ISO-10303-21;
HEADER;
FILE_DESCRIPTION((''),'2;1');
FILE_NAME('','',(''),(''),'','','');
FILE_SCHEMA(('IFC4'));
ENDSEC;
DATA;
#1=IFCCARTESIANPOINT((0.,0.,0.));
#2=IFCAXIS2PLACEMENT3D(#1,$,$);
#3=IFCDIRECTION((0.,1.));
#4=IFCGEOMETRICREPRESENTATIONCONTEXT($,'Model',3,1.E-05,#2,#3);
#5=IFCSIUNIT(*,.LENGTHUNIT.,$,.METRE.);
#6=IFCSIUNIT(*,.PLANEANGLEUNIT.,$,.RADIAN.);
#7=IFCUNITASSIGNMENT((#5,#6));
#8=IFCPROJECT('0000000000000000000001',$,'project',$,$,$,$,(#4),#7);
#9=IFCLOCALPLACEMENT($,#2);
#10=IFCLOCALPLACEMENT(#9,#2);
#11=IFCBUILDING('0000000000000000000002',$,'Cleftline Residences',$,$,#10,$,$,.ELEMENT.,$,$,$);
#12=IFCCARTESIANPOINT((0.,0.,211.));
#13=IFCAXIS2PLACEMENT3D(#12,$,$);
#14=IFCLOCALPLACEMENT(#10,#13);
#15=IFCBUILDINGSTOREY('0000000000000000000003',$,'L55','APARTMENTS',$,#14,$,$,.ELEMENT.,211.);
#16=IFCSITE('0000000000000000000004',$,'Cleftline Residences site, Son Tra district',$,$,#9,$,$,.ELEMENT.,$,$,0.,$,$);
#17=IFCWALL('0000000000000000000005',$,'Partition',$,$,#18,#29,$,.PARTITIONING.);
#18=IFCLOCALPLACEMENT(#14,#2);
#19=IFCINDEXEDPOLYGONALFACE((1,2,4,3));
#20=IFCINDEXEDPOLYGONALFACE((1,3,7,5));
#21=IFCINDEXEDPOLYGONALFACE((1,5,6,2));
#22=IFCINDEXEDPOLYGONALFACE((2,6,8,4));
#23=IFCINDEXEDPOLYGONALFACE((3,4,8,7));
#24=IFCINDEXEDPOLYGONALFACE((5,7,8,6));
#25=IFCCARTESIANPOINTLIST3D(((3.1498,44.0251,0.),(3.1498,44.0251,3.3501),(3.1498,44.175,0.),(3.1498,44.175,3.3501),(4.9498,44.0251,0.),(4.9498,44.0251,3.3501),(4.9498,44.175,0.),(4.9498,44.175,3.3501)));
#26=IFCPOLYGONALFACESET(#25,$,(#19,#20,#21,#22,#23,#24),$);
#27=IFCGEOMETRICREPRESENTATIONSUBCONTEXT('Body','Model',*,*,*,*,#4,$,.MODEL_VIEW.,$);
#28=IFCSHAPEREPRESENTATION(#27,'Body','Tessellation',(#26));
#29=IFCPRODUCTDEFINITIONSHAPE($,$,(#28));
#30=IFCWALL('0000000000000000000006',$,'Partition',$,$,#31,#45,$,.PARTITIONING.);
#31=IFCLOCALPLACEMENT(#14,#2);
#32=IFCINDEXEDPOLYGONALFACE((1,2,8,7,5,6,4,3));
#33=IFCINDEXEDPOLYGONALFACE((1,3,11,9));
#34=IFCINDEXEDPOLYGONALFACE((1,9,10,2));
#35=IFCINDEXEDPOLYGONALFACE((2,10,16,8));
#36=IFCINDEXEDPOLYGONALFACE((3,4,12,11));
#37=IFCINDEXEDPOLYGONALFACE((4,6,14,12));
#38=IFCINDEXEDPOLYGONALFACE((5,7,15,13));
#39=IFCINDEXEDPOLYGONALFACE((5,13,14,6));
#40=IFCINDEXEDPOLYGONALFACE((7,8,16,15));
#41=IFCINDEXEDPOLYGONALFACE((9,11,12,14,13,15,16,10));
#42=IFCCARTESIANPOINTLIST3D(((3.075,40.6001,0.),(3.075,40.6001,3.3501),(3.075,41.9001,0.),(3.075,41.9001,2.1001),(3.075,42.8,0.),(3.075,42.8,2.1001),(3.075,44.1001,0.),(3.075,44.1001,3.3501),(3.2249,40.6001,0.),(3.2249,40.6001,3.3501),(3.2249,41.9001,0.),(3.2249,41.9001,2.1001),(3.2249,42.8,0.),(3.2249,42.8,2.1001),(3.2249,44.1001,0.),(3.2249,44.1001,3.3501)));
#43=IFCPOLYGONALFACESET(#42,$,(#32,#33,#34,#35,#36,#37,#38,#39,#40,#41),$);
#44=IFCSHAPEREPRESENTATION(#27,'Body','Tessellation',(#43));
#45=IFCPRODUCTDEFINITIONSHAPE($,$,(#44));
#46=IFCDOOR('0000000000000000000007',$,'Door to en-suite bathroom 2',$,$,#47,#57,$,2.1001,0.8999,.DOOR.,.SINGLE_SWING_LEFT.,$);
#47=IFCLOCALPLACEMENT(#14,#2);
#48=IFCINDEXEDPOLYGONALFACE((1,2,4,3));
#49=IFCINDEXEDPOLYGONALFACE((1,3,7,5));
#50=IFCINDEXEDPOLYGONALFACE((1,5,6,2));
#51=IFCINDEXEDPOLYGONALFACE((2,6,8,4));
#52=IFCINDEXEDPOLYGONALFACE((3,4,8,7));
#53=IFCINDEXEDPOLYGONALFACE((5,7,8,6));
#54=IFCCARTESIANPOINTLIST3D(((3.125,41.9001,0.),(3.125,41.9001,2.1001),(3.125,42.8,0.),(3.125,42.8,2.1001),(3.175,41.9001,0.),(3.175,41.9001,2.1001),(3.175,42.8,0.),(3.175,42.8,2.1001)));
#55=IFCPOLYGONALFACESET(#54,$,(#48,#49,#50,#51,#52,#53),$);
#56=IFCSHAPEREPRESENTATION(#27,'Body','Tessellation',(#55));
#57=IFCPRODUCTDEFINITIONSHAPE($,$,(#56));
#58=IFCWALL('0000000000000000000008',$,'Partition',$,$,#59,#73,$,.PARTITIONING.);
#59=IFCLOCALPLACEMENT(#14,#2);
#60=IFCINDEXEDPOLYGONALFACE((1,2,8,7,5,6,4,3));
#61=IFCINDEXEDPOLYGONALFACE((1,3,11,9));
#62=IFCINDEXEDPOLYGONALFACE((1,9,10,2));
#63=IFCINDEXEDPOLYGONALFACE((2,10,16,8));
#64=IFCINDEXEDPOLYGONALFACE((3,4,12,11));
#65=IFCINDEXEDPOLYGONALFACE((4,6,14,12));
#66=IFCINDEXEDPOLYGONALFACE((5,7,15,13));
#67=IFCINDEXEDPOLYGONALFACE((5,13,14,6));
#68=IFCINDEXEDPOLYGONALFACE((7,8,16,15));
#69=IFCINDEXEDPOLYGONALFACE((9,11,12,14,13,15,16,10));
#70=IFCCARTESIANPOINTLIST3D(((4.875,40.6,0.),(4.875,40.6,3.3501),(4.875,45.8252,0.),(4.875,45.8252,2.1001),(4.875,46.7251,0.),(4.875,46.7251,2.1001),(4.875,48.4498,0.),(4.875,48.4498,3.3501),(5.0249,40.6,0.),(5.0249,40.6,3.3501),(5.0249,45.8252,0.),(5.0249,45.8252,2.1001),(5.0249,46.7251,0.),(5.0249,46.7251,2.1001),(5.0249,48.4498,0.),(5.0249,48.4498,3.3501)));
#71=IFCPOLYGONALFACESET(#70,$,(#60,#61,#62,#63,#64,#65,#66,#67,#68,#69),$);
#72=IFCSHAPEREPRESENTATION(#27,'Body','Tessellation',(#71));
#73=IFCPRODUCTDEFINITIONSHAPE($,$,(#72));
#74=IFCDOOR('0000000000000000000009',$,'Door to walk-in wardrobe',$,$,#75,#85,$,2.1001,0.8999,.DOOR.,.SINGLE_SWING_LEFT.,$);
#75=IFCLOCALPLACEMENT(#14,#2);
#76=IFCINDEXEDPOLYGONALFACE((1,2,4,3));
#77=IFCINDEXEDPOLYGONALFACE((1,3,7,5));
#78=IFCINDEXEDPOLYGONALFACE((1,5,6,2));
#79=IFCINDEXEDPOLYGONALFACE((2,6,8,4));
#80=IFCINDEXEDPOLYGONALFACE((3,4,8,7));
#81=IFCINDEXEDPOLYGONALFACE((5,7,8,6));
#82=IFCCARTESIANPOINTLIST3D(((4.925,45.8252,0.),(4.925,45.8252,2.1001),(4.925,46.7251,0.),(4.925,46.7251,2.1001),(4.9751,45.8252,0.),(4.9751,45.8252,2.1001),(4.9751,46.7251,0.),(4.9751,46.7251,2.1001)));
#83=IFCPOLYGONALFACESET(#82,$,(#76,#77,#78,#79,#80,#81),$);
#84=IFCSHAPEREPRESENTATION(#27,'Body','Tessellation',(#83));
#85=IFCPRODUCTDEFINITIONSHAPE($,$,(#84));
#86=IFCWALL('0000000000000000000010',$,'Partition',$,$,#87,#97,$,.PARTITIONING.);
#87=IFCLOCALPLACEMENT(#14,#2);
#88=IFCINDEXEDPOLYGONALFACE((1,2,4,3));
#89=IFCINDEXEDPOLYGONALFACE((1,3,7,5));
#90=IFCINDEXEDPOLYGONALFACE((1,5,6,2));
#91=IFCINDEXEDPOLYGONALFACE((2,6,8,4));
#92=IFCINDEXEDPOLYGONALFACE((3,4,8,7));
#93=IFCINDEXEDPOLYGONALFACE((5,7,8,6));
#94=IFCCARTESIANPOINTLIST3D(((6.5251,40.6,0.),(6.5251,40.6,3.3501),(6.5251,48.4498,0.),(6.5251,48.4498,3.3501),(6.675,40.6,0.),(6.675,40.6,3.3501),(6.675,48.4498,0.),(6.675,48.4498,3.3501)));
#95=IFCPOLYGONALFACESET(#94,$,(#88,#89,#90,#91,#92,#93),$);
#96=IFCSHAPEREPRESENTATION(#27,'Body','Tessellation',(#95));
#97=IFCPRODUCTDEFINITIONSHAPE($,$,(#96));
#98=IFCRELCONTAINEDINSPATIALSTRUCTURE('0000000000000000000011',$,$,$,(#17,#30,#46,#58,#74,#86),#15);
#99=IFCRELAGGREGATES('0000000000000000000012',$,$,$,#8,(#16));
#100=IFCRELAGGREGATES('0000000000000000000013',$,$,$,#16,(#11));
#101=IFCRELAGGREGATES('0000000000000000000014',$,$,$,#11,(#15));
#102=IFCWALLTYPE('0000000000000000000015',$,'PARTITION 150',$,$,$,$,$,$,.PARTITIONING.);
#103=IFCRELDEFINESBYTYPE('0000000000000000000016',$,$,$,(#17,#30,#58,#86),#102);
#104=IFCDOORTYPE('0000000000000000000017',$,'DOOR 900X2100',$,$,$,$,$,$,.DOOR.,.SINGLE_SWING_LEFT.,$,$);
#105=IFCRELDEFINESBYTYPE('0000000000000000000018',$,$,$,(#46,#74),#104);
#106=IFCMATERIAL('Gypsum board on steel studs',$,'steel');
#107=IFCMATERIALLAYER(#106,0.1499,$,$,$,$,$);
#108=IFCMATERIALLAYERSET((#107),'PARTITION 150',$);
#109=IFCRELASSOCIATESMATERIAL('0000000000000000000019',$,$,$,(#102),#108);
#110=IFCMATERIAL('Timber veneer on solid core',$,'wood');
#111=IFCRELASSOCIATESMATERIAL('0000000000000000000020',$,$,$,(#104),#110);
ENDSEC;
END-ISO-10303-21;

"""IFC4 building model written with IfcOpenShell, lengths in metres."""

from ifc_helpers import new_model, si_unit, direction, frame, frame_2d, origin, place, context, subcontext, project, spatial, rectangle, extrude, material, layer, layer_set, type_object, element, fill, save


model = new_model("IFC4")

# Units and contexts
model_context = context("Model", 3, precision=1e-05, world=origin(), true_north=direction((0.0, 1.0)))
body_context = subcontext(model_context, "Body", "Model", "MODEL_VIEW")
ifc_project = project(units=[si_unit("LENGTHUNIT", "METRE"), si_unit("PLANEANGLEUNIT", "RADIAN")], contexts=[model_context])

# Site, building, storey
site_placement = place(None, origin())
site = spatial("IfcSite", under=ifc_project, at=site_placement, Name="Cleftline Residences site, Son Tra district", CompositionType="ELEMENT", RefElevation=0.0)
building_placement = place(site_placement, origin())
building = spatial("IfcBuilding", under=site, at=building_placement, Name="Cleftline Residences", CompositionType="ELEMENT")
storey_placement = place(building_placement, frame((0.0, 0.0, 211.0)))
storey = spatial("IfcBuildingStorey", under=building, at=storey_placement, Name="L55", Description="APARTMENTS", CompositionType="ELEMENT", Elevation=211.0)

# Wall
ifc_material_1 = material(Name="Gypsum board on steel studs", Category="steel")
ifc_layer_1 = layer(ifc_material_1, 0.1499)
ifc_layer_set_1 = layer_set([ifc_layer_1], Name="PARTITION 150")
wall_type_1 = type_object("IfcWallType", Name="PARTITION 150", PredefinedType="PARTITIONING", material=ifc_layer_set_1)
wall_1_placement = place(storey_placement, frame((3.1499, 44.1001, 0.0), z_axis=(0.0, 0.0, 1.0), x_axis=(1.0, 0.0, 0.0)))
element("IfcWall", 1, at=wall_1_placement, inside=storey, type_object=wall_type_1, Name="Partition", PredefinedType="PARTITIONING", context=body_context, shape_type="SweptSolid", body=[
    extrude(rectangle(XDim=1.8, YDim=0.1499, at=frame_2d((0.8999, 0.0))), origin(), (0.0, 0.0, 1.0), 3.3501),
])

# Walls, openings, doors
wall_2_placement = place(storey_placement, frame((3.1499, 40.6001, 0.0), z_axis=(0.0, 0.0, 1.0), x_axis=(0.0, 1.0, 0.0)))
wall_2 = element("IfcWall", 2, at=wall_2_placement, inside=storey, type_object=wall_type_1, Name="Partition", PredefinedType="PARTITIONING", context=body_context, shape_type="SweptSolid", body=[
    extrude(rectangle(XDim=3.5, YDim=0.1499, at=frame_2d((1.75, 0.0))), origin(), (0.0, 0.0, 1.0), 3.3501),
])
opening_1_placement = place(wall_2_placement, frame((1.3, 0.0, 0.0)))
opening_1 = element("IfcOpeningElement", 3, at=opening_1_placement, cuts=wall_2, PredefinedType="OPENING", context=body_context, shape_type="SweptSolid", body=[
    extrude(rectangle(XDim=0.8999, YDim=2.1001, at=frame_2d((0.45, 1.05))), frame((0.0, 0.085, 0.0), z_axis=(0.0, -1.0, 0.0), x_axis=(1.0, 0.0, 0.0)), (0.0, 0.0, 1.0), 0.1699),
])
ifc_material_2 = material(Name="Timber veneer on solid core", Category="wood")
door_type = type_object("IfcDoorType", Name="DOOR 900X2100", OperationType="SINGLE_SWING_LEFT", PredefinedType="DOOR", material=ifc_material_2)
door_1_placement = place(opening_1_placement, origin())
door_1 = element("IfcDoor", 4, at=door_1_placement, inside=storey, type_object=door_type, Name="Door to en-suite bathroom 2", OperationType="SINGLE_SWING_LEFT", OverallHeight=2.1001, OverallWidth=0.8999, PredefinedType="DOOR", context=body_context, shape_type="SweptSolid", body=[
    extrude(rectangle(XDim=0.8999, YDim=2.1001, at=frame_2d((0.45, 1.05))), frame((0.0, 0.0249, 0.0), z_axis=(0.0, -1.0, 0.0), x_axis=(1.0, 0.0, 0.0)), (0.0, 0.0, 1.0), 0.05),
])
fill(opening_1, door_1)
wall_3_placement = place(storey_placement, frame((4.95, 40.6001, 0.0), z_axis=(0.0, 0.0, 1.0), x_axis=(0.0, 1.0, 0.0)))
wall_3 = element("IfcWall", 5, at=wall_3_placement, inside=storey, type_object=wall_type_1, Name="Partition", PredefinedType="PARTITIONING", context=body_context, shape_type="SweptSolid", body=[
    extrude(rectangle(XDim=7.8499, YDim=0.1499, at=frame_2d((3.9248, 0.0))), origin(), (0.0, 0.0, 1.0), 3.3501),
])
opening_2_placement = place(wall_3_placement, frame((5.2251, 0.0, 0.0)))
opening_2 = element("IfcOpeningElement", 6, at=opening_2_placement, cuts=wall_3, PredefinedType="OPENING", context=body_context, shape_type="SweptSolid", body=[
    extrude(rectangle(XDim=0.8999, YDim=2.1001, at=frame_2d((0.45, 1.05))), frame((0.0, 0.085, 0.0), z_axis=(0.0, -1.0, 0.0), x_axis=(1.0, 0.0, 0.0)), (0.0, 0.0, 1.0), 0.1699),
])
door_2_placement = place(opening_2_placement, origin())
door_2 = element("IfcDoor", 7, at=door_2_placement, inside=storey, type_object=door_type, Name="Door to walk-in wardrobe", OperationType="SINGLE_SWING_LEFT", OverallHeight=2.1001, OverallWidth=0.8999, PredefinedType="DOOR", context=body_context, shape_type="SweptSolid", body=[
    extrude(rectangle(XDim=0.8999, YDim=2.1001, at=frame_2d((0.45, 1.05))), frame((0.0, 0.0249, 0.0), z_axis=(0.0, -1.0, 0.0), x_axis=(1.0, 0.0, 0.0)), (0.0, 0.0, 1.0), 0.05),
])
fill(opening_2, door_2)

# Wall
wall_4_placement = place(storey_placement, frame((6.6001, 40.6001, 0.0), z_axis=(0.0, 0.0, 1.0), x_axis=(0.0, 1.0, 0.0)))
element("IfcWall", 8, at=wall_4_placement, inside=storey, type_object=wall_type_1, Name="Partition", PredefinedType="PARTITIONING", context=body_context, shape_type="SweptSolid", body=[
    extrude(rectangle(XDim=7.8499, YDim=0.1499, at=frame_2d((3.9248, 0.0))), origin(), (0.0, 0.0, 1.0), 3.3501),
])

save(model, "model.ifc")
